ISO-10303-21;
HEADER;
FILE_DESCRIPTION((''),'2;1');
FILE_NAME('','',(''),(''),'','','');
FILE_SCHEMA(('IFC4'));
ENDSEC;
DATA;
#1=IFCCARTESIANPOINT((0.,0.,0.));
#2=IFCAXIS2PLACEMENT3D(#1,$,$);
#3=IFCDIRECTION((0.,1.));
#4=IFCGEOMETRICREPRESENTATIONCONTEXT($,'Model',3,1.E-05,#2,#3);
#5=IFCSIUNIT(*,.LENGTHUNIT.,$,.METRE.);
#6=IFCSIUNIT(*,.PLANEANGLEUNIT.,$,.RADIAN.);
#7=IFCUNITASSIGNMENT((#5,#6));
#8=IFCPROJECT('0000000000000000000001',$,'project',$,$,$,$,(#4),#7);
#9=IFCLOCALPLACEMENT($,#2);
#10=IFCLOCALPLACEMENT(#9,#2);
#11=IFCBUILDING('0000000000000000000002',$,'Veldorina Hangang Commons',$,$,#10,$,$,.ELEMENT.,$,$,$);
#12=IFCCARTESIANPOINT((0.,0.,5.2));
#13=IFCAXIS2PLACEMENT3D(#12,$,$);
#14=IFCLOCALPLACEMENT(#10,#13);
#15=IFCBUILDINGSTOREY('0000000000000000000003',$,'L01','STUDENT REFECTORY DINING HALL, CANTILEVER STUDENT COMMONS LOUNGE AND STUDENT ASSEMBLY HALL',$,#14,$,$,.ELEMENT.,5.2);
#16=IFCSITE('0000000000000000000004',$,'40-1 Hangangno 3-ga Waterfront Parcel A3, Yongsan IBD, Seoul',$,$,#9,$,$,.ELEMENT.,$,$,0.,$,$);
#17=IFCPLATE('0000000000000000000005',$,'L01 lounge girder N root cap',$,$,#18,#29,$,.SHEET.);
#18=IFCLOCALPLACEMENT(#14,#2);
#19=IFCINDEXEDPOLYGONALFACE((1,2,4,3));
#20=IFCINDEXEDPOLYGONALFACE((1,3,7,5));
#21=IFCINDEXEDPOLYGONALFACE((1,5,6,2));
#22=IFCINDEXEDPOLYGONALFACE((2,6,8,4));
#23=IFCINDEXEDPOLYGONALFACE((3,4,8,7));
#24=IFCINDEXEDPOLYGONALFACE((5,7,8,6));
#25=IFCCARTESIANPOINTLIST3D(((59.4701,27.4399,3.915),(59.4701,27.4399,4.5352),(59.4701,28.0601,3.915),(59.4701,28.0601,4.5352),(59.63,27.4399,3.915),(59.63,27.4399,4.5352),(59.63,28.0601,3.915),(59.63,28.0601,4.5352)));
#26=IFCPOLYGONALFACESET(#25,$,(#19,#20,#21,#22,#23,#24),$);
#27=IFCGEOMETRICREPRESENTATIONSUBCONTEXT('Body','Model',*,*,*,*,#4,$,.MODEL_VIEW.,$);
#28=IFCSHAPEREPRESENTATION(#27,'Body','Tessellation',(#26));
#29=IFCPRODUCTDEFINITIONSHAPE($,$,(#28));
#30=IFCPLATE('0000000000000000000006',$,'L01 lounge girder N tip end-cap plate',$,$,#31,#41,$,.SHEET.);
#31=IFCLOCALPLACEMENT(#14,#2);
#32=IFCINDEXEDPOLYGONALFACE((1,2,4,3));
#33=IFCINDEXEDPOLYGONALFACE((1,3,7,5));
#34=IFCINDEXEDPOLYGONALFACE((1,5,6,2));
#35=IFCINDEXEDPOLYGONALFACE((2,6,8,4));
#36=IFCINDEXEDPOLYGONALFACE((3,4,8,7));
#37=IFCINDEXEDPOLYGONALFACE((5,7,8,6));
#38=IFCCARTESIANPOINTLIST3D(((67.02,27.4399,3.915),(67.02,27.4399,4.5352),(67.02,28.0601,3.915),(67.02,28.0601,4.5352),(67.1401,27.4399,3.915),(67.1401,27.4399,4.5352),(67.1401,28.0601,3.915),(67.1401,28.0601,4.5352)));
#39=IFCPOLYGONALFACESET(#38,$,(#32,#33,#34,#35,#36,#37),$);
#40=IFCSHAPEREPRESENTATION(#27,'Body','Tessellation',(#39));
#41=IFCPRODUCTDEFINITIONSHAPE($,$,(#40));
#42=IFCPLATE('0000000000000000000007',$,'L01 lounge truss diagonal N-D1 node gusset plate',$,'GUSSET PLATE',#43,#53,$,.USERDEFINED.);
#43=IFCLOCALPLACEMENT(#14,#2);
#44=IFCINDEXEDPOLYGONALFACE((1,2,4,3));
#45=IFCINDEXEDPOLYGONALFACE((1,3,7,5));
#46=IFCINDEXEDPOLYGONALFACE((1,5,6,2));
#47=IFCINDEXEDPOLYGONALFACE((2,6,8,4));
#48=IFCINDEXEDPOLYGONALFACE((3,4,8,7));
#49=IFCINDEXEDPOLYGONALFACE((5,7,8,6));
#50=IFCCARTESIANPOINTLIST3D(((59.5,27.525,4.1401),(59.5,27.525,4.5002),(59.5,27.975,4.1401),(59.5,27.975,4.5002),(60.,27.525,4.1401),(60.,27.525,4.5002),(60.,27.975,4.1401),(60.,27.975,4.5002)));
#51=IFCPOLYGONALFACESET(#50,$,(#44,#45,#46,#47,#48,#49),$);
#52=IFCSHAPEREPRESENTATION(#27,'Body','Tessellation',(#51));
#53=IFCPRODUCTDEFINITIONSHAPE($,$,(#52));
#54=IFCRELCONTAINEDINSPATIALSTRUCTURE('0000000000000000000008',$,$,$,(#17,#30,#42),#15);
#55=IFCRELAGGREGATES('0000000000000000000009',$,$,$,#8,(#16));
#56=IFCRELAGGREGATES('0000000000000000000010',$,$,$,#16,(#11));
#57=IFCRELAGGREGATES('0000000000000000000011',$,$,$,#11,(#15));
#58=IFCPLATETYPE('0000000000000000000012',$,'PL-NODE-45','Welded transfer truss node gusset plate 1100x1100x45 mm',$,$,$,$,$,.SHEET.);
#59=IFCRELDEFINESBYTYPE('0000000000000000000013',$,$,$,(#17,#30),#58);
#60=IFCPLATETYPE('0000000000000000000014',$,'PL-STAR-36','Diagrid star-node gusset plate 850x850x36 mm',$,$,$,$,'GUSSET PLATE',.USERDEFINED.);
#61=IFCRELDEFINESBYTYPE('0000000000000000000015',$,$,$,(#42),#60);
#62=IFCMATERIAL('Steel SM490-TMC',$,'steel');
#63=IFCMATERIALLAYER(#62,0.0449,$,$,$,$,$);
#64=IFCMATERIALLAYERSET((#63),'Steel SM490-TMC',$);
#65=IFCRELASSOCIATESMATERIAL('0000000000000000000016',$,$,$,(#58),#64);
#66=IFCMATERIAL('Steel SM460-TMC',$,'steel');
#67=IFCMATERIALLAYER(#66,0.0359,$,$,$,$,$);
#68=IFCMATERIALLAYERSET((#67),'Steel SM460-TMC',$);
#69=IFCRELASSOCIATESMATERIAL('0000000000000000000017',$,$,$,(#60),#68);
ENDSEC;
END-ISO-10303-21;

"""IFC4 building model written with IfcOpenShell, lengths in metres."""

from ifc_helpers import new_model, si_unit, direction, frame, origin, origin_2d, place, context, subcontext, project, spatial, rectangle, extrude, material, layer, layer_set, type_object, element, save


model = new_model("IFC4")

# Units and contexts
model_context = context("Model", 3, precision=1e-05, world=origin(), true_north=direction((0.0, 1.0)))
body_context = subcontext(model_context, "Body", "Model", "MODEL_VIEW")
ifc_project = project(units=[si_unit("LENGTHUNIT", "METRE"), si_unit("PLANEANGLEUNIT", "RADIAN")], contexts=[model_context])

# Site, building, storey
site_placement = place(None, origin())
site = spatial("IfcSite", under=ifc_project, at=site_placement, Name="40-1 Hangangno 3-ga Waterfront Parcel A3, Yongsan IBD, Seoul", CompositionType="ELEMENT", RefElevation=0.0)
building_placement = place(site_placement, origin())
building = spatial("IfcBuilding", under=site, at=building_placement, Name="Veldorina Hangang Commons", CompositionType="ELEMENT")
storey_placement = place(building_placement, frame((0.0, 0.0, 5.2)))
storey = spatial("IfcBuildingStorey", under=building, at=storey_placement, Name="L01", Description="STUDENT REFECTORY DINING HALL, CANTILEVER STUDENT COMMONS LOUNGE AND STUDENT ASSEMBLY HALL", CompositionType="ELEMENT", Elevation=5.2)

# Shared definitions
ifc_material_1 = material(Name="Steel SM460-TMC", Category="steel")

# Plates
ifc_material_2 = material(Name="Steel SM490-TMC", Category="steel")
ifc_layer_1 = layer(ifc_material_2, 0.0449)
ifc_layer_set_1 = layer_set([ifc_layer_1], Name="Steel SM490-TMC")
plate_type_1 = type_object("IfcPlateType", Name="PL-NODE-45", Description="Welded transfer truss node gusset plate 1100x1100x45 mm", PredefinedType="SHEET", material=ifc_layer_set_1)
plate_1_placement = place(storey_placement, frame((59.55, 27.75, 3.915), z_axis=(0.0, 0.0, 1.0), x_axis=(1.0, 0.0, 0.0)))
element("IfcPlate", 1, at=plate_1_placement, inside=storey, type_object=plate_type_1, Name="L01 lounge girder N root cap", PredefinedType="SHEET", context=body_context, shape_type="SweptSolid", body=[
    extrude(rectangle(XDim=0.1599, YDim=0.6201, at=origin_2d()), origin(), (0.0, 0.0, 1.0), 0.6201),
])
plate_2_placement = place(storey_placement, frame((67.0801, 27.75, 3.915), z_axis=(0.0, 0.0, 1.0), x_axis=(1.0, 0.0, 0.0)))
element("IfcPlate", 2, at=plate_2_placement, inside=storey, type_object=plate_type_1, Name="L01 lounge girder N tip end-cap plate", PredefinedType="SHEET", context=body_context, shape_type="SweptSolid", body=[
    extrude(rectangle(XDim=0.1201, YDim=0.6201, at=origin_2d()), origin(), (0.0, 0.0, 1.0), 0.6201),
])
ifc_layer_2 = layer(ifc_material_1, 0.0359)
ifc_layer_set_2 = layer_set([ifc_layer_2], Name="Steel SM460-TMC")
plate_type_2 = type_object("IfcPlateType", Name="PL-STAR-36", Description="Diagrid star-node gusset plate 850x850x36 mm", ElementType="GUSSET PLATE", PredefinedType="USERDEFINED", material=ifc_layer_set_2)
plate_3_placement = place(storey_placement, frame((59.75, 27.75, 4.1401), z_axis=(0.0, 0.0, 1.0), x_axis=(1.0, 0.0, 0.0)))
element("IfcPlate", 3, at=plate_3_placement, inside=storey, type_object=plate_type_2, Name="L01 lounge truss diagonal N-D1 node gusset plate", ObjectType="GUSSET PLATE", PredefinedType="USERDEFINED", context=body_context, shape_type="SweptSolid", body=[
    extrude(rectangle(XDim=0.5, YDim=0.45, at=origin_2d()), origin(), (0.0, 0.0, 1.0), 0.3601),
])

save(model, "model.ifc")
